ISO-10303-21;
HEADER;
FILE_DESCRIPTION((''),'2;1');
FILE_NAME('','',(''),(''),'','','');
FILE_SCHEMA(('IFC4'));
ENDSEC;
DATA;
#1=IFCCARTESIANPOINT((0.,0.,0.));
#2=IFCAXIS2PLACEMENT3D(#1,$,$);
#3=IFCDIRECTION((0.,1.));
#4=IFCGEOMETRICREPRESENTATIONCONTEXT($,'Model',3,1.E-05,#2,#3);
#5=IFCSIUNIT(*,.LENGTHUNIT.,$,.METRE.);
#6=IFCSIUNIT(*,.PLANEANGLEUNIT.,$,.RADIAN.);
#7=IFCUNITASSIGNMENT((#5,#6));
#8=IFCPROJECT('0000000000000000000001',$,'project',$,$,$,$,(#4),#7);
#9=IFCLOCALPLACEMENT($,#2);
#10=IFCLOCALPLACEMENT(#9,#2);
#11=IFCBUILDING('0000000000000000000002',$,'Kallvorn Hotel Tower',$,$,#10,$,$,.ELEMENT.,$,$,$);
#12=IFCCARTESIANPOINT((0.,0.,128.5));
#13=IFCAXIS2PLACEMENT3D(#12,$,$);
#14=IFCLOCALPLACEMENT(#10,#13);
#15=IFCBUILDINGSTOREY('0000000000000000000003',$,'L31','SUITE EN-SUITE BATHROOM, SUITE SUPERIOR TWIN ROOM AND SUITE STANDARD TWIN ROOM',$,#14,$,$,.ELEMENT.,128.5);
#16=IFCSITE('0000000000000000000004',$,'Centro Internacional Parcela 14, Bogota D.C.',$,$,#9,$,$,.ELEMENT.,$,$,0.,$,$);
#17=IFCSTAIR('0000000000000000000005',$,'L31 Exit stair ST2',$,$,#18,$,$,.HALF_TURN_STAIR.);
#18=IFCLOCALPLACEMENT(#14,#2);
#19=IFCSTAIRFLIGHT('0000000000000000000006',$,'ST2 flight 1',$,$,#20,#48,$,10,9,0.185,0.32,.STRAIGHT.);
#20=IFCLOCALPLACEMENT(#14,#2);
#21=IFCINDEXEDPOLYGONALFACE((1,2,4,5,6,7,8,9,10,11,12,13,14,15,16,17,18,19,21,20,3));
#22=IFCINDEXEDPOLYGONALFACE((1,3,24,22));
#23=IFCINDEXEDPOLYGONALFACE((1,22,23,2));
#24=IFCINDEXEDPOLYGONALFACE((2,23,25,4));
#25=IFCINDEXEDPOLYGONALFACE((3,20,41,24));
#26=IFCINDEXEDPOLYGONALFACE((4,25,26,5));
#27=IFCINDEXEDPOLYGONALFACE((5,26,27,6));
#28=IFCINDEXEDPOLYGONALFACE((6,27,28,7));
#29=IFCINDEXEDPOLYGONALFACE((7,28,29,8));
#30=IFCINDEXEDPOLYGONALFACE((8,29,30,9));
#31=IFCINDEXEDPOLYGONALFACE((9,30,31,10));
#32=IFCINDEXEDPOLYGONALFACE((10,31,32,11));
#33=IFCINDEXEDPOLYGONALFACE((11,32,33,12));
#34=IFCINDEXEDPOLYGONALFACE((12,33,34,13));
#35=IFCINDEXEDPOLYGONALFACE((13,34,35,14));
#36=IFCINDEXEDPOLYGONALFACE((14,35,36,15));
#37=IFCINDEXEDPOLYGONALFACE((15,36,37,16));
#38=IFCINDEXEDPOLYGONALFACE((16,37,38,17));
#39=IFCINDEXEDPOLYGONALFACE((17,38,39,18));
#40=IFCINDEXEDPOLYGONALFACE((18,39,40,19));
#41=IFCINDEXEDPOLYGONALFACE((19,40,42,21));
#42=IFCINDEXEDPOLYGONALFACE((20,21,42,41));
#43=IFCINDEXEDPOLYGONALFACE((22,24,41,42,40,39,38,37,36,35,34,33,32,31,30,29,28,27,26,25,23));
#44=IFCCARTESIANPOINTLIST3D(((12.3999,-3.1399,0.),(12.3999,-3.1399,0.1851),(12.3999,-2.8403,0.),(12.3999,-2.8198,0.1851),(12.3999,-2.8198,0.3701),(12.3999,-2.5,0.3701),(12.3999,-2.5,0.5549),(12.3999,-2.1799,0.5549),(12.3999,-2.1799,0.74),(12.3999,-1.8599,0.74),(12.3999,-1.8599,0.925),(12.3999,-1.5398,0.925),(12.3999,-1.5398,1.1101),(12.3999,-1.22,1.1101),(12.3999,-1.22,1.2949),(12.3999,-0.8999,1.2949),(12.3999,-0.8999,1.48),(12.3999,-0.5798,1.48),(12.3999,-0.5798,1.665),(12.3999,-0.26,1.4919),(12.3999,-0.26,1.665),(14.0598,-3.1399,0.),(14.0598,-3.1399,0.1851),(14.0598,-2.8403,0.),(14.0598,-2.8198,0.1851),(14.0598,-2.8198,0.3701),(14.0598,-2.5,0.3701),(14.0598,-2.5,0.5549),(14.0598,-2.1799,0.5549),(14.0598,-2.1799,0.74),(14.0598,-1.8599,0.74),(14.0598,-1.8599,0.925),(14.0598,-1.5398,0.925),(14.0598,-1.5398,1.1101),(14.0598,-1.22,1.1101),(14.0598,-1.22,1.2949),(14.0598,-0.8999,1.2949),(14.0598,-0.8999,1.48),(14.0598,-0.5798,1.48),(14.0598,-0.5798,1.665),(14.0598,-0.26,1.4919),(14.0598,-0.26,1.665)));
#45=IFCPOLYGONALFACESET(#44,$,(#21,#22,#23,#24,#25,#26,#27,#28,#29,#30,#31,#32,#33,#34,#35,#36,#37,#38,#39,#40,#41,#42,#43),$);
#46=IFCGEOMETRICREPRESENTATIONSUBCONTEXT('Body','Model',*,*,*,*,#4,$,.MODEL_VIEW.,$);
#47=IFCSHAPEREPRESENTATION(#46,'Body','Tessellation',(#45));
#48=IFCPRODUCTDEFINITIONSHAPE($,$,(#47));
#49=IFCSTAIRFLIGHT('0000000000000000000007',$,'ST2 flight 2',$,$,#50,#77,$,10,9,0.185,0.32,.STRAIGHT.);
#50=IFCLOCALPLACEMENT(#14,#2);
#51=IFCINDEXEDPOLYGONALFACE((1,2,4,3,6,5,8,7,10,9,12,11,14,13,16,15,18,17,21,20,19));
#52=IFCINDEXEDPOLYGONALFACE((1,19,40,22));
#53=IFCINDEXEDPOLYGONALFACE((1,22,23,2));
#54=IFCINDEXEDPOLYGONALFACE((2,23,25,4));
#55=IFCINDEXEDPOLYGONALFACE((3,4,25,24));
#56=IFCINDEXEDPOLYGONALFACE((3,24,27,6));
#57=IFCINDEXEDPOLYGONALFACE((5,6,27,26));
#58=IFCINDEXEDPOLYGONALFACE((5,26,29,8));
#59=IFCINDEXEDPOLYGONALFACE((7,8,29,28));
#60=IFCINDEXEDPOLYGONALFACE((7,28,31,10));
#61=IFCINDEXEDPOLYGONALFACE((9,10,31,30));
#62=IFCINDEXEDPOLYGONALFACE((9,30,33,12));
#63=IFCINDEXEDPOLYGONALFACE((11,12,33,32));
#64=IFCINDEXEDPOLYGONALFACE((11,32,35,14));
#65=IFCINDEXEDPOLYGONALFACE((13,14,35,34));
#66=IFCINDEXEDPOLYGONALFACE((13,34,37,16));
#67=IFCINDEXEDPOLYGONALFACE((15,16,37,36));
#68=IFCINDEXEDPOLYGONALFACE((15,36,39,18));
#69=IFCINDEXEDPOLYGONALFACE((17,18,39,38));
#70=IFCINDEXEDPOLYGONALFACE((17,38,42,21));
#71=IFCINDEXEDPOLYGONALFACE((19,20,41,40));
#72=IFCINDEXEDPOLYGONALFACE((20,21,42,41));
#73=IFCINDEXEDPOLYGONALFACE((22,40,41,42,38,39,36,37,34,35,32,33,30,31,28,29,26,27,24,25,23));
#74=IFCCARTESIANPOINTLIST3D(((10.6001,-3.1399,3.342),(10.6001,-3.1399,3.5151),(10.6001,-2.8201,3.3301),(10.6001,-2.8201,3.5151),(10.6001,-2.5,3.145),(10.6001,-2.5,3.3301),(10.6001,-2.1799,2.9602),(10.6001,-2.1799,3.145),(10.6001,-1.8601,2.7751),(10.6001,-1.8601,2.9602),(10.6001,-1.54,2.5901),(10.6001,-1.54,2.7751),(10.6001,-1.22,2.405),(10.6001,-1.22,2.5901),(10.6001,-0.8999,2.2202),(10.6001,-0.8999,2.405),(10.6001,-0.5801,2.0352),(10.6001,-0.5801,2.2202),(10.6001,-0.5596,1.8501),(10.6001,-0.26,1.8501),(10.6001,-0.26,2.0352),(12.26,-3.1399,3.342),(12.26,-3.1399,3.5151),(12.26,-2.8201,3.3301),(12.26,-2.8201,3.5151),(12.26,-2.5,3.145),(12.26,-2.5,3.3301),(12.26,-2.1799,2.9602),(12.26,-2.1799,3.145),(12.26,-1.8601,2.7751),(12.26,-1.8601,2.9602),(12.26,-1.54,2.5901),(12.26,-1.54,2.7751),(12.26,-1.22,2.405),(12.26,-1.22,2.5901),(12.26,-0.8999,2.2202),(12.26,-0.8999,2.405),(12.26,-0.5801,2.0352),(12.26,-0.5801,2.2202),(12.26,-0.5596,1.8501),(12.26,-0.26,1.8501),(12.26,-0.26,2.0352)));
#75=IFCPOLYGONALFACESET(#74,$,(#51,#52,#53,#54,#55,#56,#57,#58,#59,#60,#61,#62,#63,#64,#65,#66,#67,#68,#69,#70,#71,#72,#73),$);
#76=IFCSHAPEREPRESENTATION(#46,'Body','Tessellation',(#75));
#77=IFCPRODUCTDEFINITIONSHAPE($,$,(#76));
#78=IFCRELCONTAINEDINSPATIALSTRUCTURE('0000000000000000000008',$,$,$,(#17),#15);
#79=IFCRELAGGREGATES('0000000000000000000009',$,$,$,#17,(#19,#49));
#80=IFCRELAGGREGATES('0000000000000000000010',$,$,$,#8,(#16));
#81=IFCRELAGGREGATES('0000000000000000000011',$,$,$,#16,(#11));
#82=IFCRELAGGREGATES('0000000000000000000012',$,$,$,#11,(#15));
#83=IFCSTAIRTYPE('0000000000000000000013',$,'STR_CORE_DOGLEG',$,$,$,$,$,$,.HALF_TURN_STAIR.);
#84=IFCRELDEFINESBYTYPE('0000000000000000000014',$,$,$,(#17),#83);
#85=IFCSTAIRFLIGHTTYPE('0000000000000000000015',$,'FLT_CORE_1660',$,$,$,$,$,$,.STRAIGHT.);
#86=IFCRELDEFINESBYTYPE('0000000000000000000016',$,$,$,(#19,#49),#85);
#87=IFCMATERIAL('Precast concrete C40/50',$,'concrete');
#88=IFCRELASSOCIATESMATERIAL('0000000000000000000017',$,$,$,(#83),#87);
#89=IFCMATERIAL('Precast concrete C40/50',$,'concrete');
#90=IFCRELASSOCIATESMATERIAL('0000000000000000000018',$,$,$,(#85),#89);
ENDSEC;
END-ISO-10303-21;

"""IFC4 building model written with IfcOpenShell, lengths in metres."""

from ifc_helpers import new_model, si_unit, direction, frame, origin, place, context, subcontext, project, spatial, polyline, outline, extrude, material, type_object, element, aggregate, save


model = new_model("IFC4")

# Units and contexts
model_context = context("Model", 3, precision=1e-05, world=origin(), true_north=direction((0.0, 1.0)))
body_context = subcontext(model_context, "Body", "Model", "MODEL_VIEW")
ifc_project = project(units=[si_unit("LENGTHUNIT", "METRE"), si_unit("PLANEANGLEUNIT", "RADIAN")], contexts=[model_context])

# Site, building, storey
site_placement = place(None, origin())
site = spatial("IfcSite", under=ifc_project, at=site_placement, Name="Centro Internacional Parcela 14, Bogota D.C.", CompositionType="ELEMENT", RefElevation=0.0)
building_placement = place(site_placement, origin())
building = spatial("IfcBuilding", under=site, at=building_placement, Name="Kallvorn Hotel Tower", CompositionType="ELEMENT")
storey_placement = place(building_placement, frame((0.0, 0.0, 128.5)))
storey = spatial("IfcBuildingStorey", under=building, at=storey_placement, Name="L31", Description="SUITE EN-SUITE BATHROOM, SUITE SUPERIOR TWIN ROOM AND SUITE STANDARD TWIN ROOM", CompositionType="ELEMENT", Elevation=128.5)

# Stair, stair flights
ifc_material_1 = material(Name="Precast concrete C40/50", Category="concrete")
stair_type = type_object("IfcStairType", Name="STR_CORE_DOGLEG", PredefinedType="HALF_TURN_STAIR", material=ifc_material_1)
stair_placement = place(storey_placement, origin())
stair = element("IfcStair", 1, at=stair_placement, inside=storey, type_object=stair_type, Name="L31 Exit stair ST2", PredefinedType="HALF_TURN_STAIR")
ifc_material_2 = material(Name="Precast concrete C40/50", Category="concrete")
stair_flight_type = type_object("IfcStairFlightType", Name="FLT_CORE_1660", PredefinedType="STRAIGHT", material=ifc_material_2)
stair_flight_1_placement = place(storey_placement, frame((13.23, -3.1399, 0.0), z_axis=(0.0, 0.0, 1.0), x_axis=(0.0, 1.0, 0.0)))
stair_flight_1 = element("IfcStairFlight", 2, at=stair_flight_1_placement, type_object=stair_flight_type, Name="ST2 flight 1", NumberOfRisers=10, NumberOfTreads=9, PredefinedType="STRAIGHT", RiserHeight=0.185, TreadLength=0.32, context=body_context, shape_type="SweptSolid", body=[
    extrude(outline(polyline([(0.0, 0.0), (0.0, 0.1851), (0.3201, 0.1851), (0.3201, 0.3701), (0.6399, 0.3701), (0.6399, 0.5549), (0.96, 0.5549), (0.96, 0.74), (1.28, 0.74), (1.28, 0.925), (1.6001, 0.925), (1.6001, 1.1101), (1.9199, 1.1101), (1.9199, 1.2949), (2.24, 1.2949), (2.24, 1.48), (2.5601, 1.48), (2.5601, 1.665), (2.8799, 1.665), (2.8799, 1.8501), (2.8799, 1.4919), (0.2996, 0.0), (0.0, 0.0)])), frame((0.0, 0.8301, 0.0), z_axis=(0.0, -1.0, 0.0), x_axis=(1.0, 0.0, 0.0)), (0.0, 0.0, 1.0), 1.6599),
])
stair_flight_2_placement = place(storey_placement, frame((11.4299, -0.26, 1.8501), z_axis=(0.0, 0.0, 1.0), x_axis=(0.0, -1.0, 0.0)))
stair_flight_2 = element("IfcStairFlight", 3, at=stair_flight_2_placement, type_object=stair_flight_type, Name="ST2 flight 2", NumberOfRisers=10, NumberOfTreads=9, PredefinedType="STRAIGHT", RiserHeight=0.185, TreadLength=0.32, context=body_context, shape_type="SweptSolid", body=[
    extrude(outline(polyline([(0.0, 0.0), (0.0, 0.1851), (0.3201, 0.1851), (0.3201, 0.3701), (0.6399, 0.3701), (0.6399, 0.5549), (0.96, 0.5549), (0.96, 0.74), (1.28, 0.74), (1.28, 0.925), (1.6001, 0.925), (1.6001, 1.1101), (1.9199, 1.1101), (1.9199, 1.2949), (2.24, 1.2949), (2.24, 1.48), (2.5601, 1.48), (2.5601, 1.665), (2.8799, 1.665), (2.8799, 1.8501), (2.8799, 1.4919), (0.2996, 0.0), (0.0, 0.0)])), frame((0.0, 0.8301, 0.0), z_axis=(0.0, -1.0, 0.0), x_axis=(1.0, 0.0, 0.0)), (0.0, 0.0, 1.0), 1.6599),
])
aggregate(stair, [stair_flight_1, stair_flight_2])

save(model, "model.ifc")
